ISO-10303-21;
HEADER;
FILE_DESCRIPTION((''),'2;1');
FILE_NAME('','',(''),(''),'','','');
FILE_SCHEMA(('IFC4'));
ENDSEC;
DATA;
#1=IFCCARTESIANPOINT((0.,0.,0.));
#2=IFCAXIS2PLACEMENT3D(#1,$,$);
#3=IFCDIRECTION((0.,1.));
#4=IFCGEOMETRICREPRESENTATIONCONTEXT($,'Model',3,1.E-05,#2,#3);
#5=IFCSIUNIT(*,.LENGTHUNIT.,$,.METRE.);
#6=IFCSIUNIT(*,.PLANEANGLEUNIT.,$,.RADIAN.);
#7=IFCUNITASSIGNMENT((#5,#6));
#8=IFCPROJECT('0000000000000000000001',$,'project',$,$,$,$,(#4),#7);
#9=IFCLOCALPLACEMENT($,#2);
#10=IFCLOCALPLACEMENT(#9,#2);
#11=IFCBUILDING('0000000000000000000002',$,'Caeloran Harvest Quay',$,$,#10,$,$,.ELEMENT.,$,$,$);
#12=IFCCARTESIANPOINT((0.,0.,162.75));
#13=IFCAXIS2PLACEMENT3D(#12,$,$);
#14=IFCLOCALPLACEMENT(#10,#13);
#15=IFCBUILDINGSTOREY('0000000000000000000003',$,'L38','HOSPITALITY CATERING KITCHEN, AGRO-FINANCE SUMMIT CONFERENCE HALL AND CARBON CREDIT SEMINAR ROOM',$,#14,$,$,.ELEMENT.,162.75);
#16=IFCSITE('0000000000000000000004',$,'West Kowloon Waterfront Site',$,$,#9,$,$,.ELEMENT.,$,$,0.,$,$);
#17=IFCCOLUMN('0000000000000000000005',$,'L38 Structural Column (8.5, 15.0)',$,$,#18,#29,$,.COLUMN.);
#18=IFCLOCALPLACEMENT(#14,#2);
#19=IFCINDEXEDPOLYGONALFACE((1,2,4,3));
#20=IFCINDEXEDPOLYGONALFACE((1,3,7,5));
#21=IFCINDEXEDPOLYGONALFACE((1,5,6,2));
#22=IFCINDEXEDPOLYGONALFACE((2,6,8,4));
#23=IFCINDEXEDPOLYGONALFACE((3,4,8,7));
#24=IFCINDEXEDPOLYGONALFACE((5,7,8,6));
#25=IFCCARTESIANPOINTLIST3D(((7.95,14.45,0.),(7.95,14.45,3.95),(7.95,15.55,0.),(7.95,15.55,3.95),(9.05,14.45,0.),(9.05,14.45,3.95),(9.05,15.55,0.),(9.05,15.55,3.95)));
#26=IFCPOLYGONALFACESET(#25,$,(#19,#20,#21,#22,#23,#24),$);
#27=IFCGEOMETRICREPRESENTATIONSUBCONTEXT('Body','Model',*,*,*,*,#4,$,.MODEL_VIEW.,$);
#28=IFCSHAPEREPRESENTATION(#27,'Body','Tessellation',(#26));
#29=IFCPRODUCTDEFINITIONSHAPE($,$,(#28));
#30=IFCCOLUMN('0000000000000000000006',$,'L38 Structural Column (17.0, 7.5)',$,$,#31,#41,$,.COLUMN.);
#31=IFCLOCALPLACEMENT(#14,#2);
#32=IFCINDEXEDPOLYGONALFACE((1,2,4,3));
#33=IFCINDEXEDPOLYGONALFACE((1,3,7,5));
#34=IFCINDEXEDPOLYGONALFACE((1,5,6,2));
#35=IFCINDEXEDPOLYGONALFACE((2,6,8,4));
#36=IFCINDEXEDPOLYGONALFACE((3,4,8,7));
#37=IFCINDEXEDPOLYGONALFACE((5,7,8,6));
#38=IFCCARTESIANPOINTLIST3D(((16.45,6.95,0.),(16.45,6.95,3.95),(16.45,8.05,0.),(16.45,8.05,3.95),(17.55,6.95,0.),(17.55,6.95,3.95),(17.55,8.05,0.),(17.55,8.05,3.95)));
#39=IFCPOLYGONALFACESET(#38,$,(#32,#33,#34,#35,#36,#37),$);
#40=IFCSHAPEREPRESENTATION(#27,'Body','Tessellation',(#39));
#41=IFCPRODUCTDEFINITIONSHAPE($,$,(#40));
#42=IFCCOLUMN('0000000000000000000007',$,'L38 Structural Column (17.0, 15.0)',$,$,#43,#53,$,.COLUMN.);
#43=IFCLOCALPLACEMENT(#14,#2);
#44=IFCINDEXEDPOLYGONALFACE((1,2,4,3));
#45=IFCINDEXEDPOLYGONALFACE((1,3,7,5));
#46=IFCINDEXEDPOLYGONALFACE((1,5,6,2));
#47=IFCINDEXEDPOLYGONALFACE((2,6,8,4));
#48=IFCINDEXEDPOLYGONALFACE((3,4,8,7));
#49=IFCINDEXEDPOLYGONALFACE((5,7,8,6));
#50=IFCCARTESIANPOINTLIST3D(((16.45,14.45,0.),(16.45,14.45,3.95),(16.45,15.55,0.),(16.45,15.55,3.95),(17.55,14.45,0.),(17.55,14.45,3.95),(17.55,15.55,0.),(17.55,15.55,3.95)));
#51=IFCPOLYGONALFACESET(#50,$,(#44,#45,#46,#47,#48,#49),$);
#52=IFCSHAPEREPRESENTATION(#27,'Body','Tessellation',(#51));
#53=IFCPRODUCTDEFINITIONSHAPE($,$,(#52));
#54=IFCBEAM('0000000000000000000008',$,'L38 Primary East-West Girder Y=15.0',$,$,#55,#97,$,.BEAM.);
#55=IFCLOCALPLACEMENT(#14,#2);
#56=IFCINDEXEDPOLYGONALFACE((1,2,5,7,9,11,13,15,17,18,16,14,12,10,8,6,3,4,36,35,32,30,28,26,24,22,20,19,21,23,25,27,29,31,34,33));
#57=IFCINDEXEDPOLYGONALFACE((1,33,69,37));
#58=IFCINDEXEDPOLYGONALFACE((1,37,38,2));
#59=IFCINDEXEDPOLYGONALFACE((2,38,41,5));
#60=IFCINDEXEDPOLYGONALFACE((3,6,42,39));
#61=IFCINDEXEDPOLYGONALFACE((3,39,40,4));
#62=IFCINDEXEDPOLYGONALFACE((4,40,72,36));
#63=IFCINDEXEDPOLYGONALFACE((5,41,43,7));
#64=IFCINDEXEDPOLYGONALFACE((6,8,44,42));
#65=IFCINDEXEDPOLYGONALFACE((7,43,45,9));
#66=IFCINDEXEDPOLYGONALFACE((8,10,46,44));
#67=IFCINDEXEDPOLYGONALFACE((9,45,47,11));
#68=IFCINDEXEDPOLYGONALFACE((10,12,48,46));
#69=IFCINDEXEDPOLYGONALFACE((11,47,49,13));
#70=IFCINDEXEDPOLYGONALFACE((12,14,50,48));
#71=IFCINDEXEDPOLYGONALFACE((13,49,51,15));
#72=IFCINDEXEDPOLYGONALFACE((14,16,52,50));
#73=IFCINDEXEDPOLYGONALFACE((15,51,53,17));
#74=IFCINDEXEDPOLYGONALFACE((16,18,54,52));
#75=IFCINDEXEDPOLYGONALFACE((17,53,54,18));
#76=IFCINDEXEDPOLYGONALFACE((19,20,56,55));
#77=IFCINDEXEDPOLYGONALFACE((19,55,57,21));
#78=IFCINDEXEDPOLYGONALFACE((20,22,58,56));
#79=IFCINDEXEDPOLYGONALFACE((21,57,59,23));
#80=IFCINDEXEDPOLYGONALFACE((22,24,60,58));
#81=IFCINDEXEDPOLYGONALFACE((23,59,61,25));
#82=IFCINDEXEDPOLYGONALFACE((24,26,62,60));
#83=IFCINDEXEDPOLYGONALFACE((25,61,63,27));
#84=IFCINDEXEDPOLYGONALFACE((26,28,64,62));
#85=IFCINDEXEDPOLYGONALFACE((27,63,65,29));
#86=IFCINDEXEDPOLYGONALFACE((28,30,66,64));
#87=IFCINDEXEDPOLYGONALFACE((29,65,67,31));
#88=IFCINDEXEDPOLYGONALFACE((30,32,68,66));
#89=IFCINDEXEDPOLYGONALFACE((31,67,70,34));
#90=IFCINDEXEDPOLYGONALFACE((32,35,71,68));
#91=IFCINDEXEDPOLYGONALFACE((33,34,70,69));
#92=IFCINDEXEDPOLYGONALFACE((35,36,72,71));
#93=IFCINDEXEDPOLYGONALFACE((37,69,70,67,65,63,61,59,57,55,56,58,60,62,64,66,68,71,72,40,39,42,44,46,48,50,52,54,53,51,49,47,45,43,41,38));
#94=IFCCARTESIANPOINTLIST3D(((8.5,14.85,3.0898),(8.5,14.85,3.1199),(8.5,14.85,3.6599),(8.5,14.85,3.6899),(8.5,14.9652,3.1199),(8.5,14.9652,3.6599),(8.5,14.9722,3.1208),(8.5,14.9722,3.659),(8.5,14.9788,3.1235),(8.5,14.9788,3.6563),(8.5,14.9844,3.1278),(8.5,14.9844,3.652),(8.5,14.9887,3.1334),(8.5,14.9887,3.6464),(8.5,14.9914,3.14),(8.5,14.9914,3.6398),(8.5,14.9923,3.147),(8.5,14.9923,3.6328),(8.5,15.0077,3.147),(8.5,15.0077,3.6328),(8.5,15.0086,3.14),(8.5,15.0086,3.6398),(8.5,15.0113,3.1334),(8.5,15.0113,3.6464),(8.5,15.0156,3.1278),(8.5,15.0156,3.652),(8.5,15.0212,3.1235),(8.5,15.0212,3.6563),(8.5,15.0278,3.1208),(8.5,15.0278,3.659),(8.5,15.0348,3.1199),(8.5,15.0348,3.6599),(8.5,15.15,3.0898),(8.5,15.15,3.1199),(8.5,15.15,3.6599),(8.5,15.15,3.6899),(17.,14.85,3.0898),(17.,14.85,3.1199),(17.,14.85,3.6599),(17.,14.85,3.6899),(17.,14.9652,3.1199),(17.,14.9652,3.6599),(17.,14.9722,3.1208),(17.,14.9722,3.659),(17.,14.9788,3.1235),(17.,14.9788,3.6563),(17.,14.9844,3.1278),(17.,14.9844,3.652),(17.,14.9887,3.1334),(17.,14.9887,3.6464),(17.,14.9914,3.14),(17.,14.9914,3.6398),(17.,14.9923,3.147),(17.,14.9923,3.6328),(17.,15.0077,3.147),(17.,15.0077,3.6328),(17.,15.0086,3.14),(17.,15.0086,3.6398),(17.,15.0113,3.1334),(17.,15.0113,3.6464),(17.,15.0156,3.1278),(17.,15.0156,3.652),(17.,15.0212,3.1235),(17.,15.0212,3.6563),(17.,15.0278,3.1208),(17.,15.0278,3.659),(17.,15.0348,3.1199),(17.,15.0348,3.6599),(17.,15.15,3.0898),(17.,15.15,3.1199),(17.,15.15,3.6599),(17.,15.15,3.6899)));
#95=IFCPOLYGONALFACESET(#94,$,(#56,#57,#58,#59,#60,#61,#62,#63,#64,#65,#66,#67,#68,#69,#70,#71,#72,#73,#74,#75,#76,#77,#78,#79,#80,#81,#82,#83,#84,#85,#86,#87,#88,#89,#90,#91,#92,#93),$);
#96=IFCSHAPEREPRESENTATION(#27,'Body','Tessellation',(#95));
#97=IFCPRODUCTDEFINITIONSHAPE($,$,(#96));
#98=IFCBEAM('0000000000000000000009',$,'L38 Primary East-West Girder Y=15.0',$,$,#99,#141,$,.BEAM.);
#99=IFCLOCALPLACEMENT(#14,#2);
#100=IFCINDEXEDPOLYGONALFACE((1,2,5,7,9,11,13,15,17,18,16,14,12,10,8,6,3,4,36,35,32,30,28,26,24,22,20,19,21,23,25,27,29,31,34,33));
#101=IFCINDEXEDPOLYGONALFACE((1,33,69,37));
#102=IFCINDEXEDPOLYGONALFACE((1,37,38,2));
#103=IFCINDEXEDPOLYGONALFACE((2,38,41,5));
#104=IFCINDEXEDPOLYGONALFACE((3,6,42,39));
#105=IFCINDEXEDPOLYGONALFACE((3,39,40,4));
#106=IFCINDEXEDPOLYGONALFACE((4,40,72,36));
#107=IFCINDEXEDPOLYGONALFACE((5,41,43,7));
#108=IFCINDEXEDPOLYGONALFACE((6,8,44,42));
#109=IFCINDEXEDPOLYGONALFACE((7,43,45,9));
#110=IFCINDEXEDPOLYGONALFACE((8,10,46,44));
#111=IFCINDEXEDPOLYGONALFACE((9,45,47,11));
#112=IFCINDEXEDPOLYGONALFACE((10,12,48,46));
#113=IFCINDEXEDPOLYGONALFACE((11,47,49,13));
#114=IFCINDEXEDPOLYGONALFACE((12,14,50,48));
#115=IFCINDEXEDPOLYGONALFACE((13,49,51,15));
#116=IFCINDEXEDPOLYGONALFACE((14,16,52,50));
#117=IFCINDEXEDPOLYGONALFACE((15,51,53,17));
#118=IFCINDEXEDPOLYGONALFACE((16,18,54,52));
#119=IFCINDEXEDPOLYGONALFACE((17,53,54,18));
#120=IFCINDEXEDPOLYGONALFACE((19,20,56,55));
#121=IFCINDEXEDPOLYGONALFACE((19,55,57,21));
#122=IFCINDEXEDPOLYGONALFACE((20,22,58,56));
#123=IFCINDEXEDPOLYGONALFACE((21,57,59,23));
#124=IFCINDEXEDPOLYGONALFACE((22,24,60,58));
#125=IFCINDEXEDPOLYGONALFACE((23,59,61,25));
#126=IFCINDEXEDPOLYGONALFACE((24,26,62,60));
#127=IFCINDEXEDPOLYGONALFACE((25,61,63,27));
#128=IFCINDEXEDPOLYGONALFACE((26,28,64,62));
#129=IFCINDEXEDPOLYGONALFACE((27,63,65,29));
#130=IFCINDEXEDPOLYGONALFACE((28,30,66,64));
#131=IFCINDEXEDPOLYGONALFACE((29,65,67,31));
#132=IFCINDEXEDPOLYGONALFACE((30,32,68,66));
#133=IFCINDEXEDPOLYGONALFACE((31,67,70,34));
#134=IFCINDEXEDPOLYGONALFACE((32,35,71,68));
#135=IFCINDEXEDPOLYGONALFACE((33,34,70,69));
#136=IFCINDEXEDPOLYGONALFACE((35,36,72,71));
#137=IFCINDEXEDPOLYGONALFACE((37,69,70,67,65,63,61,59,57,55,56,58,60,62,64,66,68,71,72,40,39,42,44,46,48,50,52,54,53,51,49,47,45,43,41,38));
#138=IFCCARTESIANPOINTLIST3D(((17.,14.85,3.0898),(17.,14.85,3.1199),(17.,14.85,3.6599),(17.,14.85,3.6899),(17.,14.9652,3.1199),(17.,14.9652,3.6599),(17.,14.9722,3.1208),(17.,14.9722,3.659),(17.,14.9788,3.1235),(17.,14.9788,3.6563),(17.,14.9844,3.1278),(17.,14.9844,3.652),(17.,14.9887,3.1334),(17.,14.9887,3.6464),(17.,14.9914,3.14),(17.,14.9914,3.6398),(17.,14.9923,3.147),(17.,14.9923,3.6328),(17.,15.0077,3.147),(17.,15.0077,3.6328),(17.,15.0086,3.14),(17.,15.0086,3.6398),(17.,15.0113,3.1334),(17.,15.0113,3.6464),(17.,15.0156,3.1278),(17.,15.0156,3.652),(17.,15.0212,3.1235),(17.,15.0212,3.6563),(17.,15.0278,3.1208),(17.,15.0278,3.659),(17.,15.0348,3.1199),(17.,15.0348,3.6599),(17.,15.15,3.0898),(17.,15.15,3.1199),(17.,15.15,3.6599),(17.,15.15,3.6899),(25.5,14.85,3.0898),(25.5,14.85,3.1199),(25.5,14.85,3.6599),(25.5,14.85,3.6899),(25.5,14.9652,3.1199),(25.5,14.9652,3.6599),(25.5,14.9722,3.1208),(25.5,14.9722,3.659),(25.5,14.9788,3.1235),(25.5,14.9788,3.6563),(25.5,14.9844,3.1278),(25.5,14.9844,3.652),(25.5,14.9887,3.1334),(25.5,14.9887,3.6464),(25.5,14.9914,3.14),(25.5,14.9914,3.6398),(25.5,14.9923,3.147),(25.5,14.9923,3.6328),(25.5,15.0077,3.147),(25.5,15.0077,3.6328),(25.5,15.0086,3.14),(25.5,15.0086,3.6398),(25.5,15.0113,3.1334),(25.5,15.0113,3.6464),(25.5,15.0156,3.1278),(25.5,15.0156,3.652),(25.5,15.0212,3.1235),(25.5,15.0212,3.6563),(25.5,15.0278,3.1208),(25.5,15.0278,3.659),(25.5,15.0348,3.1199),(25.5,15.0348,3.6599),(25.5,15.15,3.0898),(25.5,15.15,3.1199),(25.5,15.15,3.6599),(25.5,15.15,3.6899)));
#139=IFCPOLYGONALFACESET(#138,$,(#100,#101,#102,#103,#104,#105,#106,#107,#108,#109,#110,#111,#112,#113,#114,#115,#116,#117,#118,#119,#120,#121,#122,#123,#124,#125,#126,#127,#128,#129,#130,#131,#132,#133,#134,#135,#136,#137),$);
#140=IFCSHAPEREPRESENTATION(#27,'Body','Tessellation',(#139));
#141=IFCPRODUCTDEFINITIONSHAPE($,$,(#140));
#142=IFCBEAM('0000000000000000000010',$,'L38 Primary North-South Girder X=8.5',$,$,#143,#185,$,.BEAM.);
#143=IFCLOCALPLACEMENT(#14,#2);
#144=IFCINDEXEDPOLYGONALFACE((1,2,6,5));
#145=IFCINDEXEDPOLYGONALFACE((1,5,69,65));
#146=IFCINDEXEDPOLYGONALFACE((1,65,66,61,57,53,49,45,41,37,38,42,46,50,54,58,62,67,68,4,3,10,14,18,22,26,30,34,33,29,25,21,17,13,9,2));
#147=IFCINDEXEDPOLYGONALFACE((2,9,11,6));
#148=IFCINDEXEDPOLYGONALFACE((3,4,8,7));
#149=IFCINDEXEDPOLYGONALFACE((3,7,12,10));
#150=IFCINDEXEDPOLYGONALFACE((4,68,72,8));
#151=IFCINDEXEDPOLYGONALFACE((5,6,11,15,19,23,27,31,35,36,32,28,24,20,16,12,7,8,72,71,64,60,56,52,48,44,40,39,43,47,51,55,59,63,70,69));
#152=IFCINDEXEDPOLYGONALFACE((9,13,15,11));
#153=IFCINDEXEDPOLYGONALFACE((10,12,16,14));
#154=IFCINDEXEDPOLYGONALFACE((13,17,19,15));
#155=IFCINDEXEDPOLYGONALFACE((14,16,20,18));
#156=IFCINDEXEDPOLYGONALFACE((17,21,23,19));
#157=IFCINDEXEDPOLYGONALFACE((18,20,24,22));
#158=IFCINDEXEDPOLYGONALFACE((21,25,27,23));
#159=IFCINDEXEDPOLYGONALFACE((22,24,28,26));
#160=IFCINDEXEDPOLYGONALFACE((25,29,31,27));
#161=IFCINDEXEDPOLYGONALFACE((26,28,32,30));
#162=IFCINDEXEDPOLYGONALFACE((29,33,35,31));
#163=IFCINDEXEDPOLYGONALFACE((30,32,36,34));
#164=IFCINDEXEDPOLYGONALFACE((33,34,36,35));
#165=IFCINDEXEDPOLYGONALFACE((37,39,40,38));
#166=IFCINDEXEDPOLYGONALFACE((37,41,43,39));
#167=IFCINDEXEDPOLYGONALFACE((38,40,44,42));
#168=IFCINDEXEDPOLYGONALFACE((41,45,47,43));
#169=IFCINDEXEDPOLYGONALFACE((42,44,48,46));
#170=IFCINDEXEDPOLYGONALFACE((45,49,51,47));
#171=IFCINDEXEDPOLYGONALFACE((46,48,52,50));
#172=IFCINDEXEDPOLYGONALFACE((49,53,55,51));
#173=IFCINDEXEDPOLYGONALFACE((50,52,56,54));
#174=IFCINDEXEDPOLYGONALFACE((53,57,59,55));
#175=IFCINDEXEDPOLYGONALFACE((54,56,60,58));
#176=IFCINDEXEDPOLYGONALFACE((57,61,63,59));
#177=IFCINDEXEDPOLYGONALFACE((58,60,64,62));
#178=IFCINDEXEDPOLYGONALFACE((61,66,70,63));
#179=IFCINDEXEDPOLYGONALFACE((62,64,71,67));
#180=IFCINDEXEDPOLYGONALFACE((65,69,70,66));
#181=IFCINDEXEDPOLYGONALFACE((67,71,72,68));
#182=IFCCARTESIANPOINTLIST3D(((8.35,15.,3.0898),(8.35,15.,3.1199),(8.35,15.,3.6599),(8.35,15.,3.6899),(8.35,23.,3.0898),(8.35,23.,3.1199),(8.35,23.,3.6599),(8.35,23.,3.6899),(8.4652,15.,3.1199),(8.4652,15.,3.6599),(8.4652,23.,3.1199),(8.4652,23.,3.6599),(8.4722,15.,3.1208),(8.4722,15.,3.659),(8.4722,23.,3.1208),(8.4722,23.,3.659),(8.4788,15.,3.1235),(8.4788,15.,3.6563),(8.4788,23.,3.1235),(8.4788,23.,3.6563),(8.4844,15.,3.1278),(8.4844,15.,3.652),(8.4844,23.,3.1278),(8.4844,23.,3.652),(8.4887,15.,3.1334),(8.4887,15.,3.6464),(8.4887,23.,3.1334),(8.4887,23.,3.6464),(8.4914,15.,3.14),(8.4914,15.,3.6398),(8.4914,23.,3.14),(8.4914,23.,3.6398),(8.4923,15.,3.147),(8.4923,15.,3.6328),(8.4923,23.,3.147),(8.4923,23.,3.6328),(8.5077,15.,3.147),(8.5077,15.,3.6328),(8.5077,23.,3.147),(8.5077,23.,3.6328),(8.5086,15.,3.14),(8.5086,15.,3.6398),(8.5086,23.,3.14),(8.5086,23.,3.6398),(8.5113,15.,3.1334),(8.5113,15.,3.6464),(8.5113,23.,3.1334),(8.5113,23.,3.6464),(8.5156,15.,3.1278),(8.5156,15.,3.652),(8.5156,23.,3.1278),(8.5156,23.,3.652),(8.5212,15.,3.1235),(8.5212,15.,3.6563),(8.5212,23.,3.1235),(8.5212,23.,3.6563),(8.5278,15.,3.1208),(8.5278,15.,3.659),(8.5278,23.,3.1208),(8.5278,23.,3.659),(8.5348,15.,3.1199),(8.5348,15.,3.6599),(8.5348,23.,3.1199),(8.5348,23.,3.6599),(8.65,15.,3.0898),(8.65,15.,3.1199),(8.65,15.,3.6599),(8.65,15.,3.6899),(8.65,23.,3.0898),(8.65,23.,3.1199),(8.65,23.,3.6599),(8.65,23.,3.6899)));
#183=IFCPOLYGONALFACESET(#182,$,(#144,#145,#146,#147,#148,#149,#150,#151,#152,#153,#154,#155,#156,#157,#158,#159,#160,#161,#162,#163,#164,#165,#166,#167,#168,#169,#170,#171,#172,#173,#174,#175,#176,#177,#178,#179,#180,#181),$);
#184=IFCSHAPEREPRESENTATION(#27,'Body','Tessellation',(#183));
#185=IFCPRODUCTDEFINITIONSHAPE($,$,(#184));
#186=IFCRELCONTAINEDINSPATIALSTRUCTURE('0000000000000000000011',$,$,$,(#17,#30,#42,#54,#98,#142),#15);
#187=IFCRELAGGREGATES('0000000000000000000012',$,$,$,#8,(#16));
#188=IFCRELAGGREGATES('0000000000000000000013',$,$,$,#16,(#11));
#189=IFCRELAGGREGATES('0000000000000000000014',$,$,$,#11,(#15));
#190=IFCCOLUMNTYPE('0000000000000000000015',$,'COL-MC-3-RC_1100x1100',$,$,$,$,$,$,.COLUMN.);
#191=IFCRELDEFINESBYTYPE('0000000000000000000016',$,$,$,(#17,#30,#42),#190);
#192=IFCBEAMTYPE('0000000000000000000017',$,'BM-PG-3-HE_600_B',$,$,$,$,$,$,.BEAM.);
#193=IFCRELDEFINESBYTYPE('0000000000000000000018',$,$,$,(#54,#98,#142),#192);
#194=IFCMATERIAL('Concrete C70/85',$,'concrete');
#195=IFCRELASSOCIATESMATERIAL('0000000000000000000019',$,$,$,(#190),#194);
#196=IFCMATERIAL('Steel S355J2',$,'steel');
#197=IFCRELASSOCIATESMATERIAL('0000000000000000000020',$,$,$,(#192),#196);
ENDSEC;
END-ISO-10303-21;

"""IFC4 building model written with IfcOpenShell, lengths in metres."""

from ifc_helpers import new_model, si_unit, direction, frame, origin, origin_2d, place, context, subcontext, project, spatial, rectangle, i_section, extrude, material, material_profile, profile_set, type_object, element, save


model = new_model("IFC4")

# Units and contexts
model_context = context("Model", 3, precision=1e-05, world=origin(), true_north=direction((0.0, 1.0)))
body_context = subcontext(model_context, "Body", "Model", "MODEL_VIEW")
ifc_project = project(units=[si_unit("LENGTHUNIT", "METRE"), si_unit("PLANEANGLEUNIT", "RADIAN")], contexts=[model_context])

# Site, building, storey
site_placement = place(None, origin())
site = spatial("IfcSite", under=ifc_project, at=site_placement, Name="West Kowloon Waterfront Site", CompositionType="ELEMENT", RefElevation=0.0)
building_placement = place(site_placement, origin())
building = spatial("IfcBuilding", under=site, at=building_placement, Name="Caeloran Harvest Quay", CompositionType="ELEMENT")
storey_placement = place(building_placement, frame((0.0, 0.0, 162.75)))
storey = spatial("IfcBuildingStorey", under=building, at=storey_placement, Name="L38", Description="HOSPITALITY CATERING KITCHEN, AGRO-FINANCE SUMMIT CONFERENCE HALL AND CARBON CREDIT SEMINAR ROOM", CompositionType="ELEMENT", Elevation=162.75)

# Columns
ifc_material_1 = material(Name="Concrete C70/85", Category="concrete")
ifc_material_profile_1 = material_profile(ifc_material_1, rectangle(XDim=1.1001, YDim=1.1001, at=origin_2d()), Name="RC 1100x1100")
ifc_profile_set_1 = profile_set([ifc_material_profile_1], Name="Concrete C70/85")
column_type = type_object("IfcColumnType", Name="COL-MC-3-RC_1100x1100", PredefinedType="COLUMN", material=ifc_profile_set_1)
for number, where, z_axis, x_axis, name in (
    (1, (8.5, 15.0, 0.0), (0.0, 0.0, 1.0), (1.0, 0.0, 0.0), "L38 Structural Column (8.5, 15.0)"),
    (2, (17.0, 7.5, 0.0), (0.0, 0.0, 1.0), (1.0, 0.0, 0.0), "L38 Structural Column (17.0, 7.5)"),
    (3, (17.0, 15.0, 0.0), (0.0, 0.0, 1.0), (1.0, 0.0, 0.0), "L38 Structural Column (17.0, 15.0)"),
):
    element("IfcColumn", number, at=place(storey_placement, frame(where, z_axis=z_axis, x_axis=x_axis)), inside=storey, type_object=column_type, Name=name, PredefinedType="COLUMN", context=body_context, shape_type="SweptSolid", body=[
        extrude(rectangle(XDim=1.1001, YDim=1.1001, at=origin_2d()), origin(), (0.0, 0.0, 1.0), 3.95),
    ])

# Beams
ifc_material_2 = material(Name="Steel S355J2", Category="steel")
ifc_material_profile_2 = material_profile(ifc_material_2, i_section(OverallWidth=0.3, OverallDepth=0.6001, WebThickness=0.0154, FlangeThickness=0.03, FilletRadius=0.0271, at=origin_2d()), Name="HE 600 B")
ifc_profile_set_2 = profile_set([ifc_material_profile_2], Name="Steel S355J2")
beam_type_1 = type_object("IfcBeamType", Name="BM-PG-3-HE_600_B", PredefinedType="BEAM", material=ifc_profile_set_2)
for number, where, z_axis, x_axis, name in (
    (4, (8.5, 15.0, 3.3899), (1.0, 0.0, 0.0), (0.0, 1.0, 0.0), "L38 Primary East-West Girder Y=15.0"),
    (5, (17.0, 15.0, 3.3899), (1.0, 0.0, 0.0), (0.0, 1.0, 0.0), "L38 Primary East-West Girder Y=15.0"),
):
    element("IfcBeam", number, at=place(storey_placement, frame(where, z_axis=z_axis, x_axis=x_axis)), inside=storey, type_object=beam_type_1, Name=name, PredefinedType="BEAM", context=body_context, shape_type="SweptSolid", body=[
        extrude(i_section(OverallWidth=0.3, OverallDepth=0.6001, WebThickness=0.0154, FlangeThickness=0.03, FilletRadius=0.0271, at=origin_2d()), origin(), (0.0, 0.0, 1.0), 8.5),
    ])
beam_1_placement = place(storey_placement, frame((8.5, 15.0, 3.3899), z_axis=(0.0, 1.0, 0.0), x_axis=(-1.0, 0.0, 0.0)))
element("IfcBeam", 6, at=beam_1_placement, inside=storey, type_object=beam_type_1, Name="L38 Primary North-South Girder X=8.5", PredefinedType="BEAM", context=body_context, shape_type="SweptSolid", body=[
    extrude(i_section(OverallWidth=0.3, OverallDepth=0.6001, WebThickness=0.0154, FlangeThickness=0.03, FilletRadius=0.0271, at=origin_2d()), origin(), (0.0, 0.0, 1.0), 8.0),
])

save(model, "model.ifc")
